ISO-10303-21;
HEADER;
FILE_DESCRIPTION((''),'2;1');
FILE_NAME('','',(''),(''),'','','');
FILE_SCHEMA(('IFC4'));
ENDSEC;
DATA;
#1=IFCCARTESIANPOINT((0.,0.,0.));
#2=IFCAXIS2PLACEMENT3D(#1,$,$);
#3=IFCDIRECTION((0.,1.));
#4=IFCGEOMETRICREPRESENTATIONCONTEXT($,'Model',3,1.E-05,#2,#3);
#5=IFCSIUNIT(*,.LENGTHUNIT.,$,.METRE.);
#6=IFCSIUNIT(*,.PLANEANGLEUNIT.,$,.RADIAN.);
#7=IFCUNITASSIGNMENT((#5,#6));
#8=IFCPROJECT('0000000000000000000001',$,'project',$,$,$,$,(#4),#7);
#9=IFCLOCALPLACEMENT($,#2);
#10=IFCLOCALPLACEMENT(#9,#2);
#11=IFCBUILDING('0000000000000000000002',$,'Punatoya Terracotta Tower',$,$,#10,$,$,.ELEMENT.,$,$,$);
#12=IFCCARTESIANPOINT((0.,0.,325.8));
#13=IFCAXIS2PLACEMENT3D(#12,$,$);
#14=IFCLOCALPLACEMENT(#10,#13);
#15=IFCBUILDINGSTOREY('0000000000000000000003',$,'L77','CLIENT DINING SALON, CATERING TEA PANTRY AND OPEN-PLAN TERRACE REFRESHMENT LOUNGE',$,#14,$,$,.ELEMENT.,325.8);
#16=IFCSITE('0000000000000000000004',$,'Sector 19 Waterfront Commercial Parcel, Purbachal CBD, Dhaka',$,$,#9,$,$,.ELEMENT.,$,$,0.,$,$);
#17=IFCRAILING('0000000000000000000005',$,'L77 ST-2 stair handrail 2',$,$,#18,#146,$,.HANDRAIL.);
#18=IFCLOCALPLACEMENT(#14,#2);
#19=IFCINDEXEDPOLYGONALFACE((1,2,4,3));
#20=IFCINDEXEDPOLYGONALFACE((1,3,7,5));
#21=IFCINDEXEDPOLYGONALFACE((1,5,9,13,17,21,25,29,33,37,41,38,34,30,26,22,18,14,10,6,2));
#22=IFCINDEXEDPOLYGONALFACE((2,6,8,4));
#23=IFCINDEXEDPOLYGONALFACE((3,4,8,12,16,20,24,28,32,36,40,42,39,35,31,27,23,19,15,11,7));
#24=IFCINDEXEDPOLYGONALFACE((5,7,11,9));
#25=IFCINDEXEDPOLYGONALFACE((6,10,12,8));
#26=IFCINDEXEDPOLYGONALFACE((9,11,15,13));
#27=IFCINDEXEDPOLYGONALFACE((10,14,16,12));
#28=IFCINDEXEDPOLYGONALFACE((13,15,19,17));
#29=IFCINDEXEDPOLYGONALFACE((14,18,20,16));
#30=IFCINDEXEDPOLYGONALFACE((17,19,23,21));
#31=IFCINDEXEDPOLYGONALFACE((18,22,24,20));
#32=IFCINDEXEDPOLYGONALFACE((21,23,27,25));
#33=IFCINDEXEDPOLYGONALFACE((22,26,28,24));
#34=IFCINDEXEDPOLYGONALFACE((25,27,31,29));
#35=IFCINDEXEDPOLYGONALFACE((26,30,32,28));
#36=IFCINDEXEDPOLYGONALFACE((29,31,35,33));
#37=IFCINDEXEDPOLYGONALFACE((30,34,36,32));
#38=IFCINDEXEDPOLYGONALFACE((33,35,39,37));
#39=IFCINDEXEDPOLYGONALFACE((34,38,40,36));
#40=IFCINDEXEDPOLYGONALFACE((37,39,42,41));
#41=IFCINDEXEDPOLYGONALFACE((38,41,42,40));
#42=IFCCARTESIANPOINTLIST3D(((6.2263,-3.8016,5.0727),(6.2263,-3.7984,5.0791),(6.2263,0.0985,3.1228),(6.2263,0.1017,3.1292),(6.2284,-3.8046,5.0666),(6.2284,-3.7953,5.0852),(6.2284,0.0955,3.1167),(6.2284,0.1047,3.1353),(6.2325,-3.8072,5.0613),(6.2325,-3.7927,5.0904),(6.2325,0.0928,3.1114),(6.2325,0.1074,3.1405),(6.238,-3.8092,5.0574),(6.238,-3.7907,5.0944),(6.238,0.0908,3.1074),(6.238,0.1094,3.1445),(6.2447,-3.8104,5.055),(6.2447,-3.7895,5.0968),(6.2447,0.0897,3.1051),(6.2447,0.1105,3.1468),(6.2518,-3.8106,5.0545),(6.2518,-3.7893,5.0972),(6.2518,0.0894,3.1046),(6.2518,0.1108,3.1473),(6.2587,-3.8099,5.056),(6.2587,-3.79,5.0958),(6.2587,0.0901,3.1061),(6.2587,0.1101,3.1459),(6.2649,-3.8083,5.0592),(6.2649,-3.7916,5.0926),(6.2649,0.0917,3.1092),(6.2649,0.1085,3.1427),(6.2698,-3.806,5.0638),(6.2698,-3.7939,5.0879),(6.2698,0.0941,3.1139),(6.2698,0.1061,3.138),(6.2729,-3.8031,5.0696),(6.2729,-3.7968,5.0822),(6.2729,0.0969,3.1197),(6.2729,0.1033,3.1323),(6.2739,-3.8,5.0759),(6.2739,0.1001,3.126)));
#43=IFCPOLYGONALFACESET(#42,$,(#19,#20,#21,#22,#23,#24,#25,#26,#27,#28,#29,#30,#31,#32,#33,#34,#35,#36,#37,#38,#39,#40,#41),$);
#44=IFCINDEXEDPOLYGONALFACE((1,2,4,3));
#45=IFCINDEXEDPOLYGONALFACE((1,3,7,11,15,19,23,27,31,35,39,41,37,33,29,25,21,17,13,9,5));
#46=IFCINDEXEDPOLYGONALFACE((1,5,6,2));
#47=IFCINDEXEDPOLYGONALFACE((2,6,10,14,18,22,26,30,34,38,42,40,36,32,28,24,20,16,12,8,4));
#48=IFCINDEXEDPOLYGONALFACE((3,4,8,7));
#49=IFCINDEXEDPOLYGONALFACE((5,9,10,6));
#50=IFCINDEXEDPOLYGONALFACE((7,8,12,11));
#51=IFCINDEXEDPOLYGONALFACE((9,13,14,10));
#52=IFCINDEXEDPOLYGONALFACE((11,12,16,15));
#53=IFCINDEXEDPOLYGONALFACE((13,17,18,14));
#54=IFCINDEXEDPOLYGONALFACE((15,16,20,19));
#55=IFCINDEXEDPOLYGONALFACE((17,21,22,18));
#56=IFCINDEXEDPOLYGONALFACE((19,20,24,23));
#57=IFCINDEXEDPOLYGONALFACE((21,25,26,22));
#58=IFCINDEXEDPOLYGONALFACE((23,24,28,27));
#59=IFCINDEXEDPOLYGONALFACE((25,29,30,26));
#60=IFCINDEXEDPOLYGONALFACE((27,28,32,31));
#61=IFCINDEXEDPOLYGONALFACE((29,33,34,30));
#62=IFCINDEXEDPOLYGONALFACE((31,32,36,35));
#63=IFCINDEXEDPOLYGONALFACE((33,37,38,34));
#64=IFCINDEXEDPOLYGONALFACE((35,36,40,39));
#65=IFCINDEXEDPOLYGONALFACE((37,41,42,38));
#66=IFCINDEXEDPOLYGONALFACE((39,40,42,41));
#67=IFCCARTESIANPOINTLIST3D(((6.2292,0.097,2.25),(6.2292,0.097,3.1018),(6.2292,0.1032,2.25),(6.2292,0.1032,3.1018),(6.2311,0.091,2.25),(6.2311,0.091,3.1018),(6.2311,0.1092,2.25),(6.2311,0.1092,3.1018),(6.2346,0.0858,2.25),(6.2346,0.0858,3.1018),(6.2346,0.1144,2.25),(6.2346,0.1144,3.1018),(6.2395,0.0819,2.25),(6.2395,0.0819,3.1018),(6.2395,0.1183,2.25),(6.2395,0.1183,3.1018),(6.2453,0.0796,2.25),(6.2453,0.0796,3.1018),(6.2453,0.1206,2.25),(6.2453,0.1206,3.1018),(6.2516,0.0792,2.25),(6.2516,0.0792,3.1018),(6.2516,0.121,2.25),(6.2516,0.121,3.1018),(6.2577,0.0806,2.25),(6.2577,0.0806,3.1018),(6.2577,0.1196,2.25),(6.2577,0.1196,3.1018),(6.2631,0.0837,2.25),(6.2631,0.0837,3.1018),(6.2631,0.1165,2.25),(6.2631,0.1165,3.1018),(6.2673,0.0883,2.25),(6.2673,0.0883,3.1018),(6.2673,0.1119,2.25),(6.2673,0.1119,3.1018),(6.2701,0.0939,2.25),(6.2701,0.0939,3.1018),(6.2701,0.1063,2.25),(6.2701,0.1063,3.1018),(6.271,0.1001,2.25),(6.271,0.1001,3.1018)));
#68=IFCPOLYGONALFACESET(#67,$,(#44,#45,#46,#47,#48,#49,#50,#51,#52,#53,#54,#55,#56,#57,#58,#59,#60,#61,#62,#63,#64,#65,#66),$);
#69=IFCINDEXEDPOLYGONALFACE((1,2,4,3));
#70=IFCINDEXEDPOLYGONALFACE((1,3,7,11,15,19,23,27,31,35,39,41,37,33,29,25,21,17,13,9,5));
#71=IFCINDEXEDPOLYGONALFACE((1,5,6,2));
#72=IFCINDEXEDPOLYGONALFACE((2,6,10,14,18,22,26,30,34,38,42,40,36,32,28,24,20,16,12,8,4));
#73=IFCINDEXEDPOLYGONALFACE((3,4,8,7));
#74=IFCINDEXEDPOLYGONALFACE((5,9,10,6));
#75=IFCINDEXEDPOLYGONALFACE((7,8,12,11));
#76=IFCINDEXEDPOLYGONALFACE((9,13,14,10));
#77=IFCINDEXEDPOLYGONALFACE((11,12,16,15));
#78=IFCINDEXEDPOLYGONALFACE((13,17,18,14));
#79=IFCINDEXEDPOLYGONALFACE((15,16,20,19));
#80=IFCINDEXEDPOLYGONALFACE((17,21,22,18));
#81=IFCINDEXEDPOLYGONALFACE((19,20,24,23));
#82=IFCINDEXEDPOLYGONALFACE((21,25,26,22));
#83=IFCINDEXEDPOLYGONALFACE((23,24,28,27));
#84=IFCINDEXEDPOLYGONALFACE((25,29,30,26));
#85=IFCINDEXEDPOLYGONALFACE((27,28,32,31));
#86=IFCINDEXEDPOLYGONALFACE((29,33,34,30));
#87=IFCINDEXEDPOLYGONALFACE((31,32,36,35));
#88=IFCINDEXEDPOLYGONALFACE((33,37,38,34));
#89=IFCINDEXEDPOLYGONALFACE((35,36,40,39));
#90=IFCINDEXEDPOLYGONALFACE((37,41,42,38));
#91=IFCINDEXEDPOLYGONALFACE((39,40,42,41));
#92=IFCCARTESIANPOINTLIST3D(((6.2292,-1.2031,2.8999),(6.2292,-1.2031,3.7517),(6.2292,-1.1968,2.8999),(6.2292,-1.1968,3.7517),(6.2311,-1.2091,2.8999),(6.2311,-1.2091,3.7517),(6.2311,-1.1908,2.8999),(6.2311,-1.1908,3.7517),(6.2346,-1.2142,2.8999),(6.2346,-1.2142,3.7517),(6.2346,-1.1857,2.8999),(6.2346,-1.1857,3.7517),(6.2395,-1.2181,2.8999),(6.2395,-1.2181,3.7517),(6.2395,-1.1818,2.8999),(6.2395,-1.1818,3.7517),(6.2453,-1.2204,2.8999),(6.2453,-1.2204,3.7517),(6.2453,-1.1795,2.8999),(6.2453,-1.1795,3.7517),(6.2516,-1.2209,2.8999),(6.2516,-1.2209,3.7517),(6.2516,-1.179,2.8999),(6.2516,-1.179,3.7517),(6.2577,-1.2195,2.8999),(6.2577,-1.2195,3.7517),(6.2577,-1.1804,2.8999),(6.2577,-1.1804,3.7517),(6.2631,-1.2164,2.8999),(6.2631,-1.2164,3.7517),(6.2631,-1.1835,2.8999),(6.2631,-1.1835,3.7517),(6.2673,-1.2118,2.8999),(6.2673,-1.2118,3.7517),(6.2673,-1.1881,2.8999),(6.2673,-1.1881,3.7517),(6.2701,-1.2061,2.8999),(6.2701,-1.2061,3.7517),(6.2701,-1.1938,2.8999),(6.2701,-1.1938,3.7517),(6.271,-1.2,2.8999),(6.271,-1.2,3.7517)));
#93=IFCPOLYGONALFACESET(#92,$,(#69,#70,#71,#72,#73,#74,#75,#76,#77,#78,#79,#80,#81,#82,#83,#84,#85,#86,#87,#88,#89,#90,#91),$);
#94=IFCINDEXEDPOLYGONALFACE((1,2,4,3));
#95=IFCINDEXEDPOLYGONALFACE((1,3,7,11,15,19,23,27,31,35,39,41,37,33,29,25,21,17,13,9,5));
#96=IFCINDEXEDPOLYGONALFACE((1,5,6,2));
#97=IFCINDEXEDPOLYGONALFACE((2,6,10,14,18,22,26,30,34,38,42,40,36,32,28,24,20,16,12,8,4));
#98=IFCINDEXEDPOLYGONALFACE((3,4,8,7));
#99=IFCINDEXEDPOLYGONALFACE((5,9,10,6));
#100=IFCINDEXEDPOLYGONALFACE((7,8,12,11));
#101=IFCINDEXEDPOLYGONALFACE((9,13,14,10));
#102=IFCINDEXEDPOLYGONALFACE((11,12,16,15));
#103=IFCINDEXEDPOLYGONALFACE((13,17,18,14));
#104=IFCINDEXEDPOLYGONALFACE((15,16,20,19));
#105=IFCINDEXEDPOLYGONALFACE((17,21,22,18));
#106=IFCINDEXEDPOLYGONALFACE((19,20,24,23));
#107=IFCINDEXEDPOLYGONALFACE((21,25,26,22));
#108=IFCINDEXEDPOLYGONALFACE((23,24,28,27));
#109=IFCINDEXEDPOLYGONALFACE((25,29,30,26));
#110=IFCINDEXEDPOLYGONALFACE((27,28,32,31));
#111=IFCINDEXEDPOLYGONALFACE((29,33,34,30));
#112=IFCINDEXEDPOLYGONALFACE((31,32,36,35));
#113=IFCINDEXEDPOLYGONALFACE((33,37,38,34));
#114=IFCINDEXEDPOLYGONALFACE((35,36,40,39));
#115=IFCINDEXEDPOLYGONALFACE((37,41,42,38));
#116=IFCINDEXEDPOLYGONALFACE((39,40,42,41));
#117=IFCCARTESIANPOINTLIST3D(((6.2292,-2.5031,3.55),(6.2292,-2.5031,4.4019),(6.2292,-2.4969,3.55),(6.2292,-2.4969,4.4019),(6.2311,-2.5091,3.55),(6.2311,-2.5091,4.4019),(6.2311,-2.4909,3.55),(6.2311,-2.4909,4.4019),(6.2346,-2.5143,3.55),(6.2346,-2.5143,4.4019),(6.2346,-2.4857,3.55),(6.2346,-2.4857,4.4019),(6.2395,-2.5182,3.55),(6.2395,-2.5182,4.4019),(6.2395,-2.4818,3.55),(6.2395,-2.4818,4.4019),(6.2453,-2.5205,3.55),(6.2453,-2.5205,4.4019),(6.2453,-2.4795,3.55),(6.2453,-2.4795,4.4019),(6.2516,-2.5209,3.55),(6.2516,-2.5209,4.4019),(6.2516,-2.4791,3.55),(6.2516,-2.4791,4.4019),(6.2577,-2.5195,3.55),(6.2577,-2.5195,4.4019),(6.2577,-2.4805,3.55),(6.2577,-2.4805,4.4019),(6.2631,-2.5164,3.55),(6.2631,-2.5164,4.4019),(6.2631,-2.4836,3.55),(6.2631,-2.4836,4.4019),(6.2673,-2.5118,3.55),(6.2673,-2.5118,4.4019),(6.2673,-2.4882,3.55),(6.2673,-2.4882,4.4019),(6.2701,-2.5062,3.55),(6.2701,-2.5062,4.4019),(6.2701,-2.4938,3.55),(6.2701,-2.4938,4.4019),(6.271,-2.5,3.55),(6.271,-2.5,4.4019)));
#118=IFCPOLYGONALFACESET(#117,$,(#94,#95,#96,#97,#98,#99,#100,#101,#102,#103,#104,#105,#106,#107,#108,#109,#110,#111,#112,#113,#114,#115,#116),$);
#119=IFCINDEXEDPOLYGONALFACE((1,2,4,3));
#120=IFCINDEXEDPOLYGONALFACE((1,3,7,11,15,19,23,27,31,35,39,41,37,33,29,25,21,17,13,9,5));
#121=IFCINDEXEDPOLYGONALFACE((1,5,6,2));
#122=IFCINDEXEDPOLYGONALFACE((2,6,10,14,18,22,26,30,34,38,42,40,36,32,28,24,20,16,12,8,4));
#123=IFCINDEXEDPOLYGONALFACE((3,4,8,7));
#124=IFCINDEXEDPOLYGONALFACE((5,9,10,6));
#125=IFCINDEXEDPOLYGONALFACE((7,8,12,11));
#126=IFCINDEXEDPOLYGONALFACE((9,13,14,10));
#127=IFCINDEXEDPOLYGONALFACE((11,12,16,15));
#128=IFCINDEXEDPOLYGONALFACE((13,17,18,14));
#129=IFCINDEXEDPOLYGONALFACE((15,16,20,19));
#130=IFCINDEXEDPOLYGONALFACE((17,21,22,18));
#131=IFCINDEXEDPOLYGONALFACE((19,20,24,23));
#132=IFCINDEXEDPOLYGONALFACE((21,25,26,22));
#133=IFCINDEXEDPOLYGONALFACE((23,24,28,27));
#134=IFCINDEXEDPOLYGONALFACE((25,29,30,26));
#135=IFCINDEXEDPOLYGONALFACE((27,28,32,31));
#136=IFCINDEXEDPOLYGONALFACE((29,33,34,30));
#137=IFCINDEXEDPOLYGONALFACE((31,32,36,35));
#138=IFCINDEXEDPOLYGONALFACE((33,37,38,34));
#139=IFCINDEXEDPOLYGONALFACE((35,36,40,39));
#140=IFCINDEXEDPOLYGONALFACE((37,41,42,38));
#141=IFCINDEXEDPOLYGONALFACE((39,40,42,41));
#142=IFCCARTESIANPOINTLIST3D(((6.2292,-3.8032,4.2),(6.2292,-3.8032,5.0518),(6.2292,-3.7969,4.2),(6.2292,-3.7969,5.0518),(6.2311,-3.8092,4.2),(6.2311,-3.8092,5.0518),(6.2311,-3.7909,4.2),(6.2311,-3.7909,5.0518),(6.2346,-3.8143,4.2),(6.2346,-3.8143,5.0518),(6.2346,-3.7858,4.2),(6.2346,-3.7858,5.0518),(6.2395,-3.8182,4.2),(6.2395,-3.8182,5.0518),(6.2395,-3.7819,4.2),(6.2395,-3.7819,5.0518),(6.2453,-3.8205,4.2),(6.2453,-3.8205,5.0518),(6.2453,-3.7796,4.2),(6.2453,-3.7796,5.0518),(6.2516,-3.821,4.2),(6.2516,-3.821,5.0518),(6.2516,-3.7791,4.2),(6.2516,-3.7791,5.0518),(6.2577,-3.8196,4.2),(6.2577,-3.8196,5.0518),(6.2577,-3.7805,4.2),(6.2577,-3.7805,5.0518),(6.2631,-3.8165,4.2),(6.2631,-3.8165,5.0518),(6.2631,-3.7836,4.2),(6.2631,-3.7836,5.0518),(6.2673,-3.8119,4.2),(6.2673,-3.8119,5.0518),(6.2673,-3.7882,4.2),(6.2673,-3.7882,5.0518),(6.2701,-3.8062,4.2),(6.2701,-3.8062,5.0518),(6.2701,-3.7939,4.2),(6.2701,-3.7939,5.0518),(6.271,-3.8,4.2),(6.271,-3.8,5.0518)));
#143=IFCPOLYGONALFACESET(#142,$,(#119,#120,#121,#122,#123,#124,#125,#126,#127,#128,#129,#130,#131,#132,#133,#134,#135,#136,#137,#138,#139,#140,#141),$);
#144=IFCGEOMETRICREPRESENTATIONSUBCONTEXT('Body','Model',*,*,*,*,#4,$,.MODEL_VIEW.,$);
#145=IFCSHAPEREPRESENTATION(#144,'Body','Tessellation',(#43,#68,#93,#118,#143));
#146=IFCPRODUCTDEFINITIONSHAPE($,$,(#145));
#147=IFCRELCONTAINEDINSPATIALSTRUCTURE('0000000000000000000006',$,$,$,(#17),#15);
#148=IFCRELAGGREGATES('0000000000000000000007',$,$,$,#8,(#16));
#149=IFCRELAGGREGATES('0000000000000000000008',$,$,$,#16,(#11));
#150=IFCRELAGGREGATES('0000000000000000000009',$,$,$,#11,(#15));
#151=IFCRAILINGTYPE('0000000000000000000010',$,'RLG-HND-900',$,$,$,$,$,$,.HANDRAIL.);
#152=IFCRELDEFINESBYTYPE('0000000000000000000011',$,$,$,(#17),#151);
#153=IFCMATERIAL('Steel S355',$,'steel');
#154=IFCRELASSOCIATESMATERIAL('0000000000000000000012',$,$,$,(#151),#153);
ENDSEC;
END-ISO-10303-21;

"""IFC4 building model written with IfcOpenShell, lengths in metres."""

from ifc_helpers import new_model, si_unit, direction, frame, origin, origin_2d, place, context, subcontext, project, spatial, circle, extrude, material, type_object, element, save


model = new_model("IFC4")

# Units and contexts
model_context = context("Model", 3, precision=1e-05, world=origin(), true_north=direction((0.0, 1.0)))
body_context = subcontext(model_context, "Body", "Model", "MODEL_VIEW")
ifc_project = project(units=[si_unit("LENGTHUNIT", "METRE"), si_unit("PLANEANGLEUNIT", "RADIAN")], contexts=[model_context])

# Site, building, storey
site_placement = place(None, origin())
site = spatial("IfcSite", under=ifc_project, at=site_placement, Name="Sector 19 Waterfront Commercial Parcel, Purbachal CBD, Dhaka", CompositionType="ELEMENT", RefElevation=0.0)
building_placement = place(site_placement, origin())
building = spatial("IfcBuilding", under=site, at=building_placement, Name="Punatoya Terracotta Tower", CompositionType="ELEMENT")
storey_placement = place(building_placement, frame((0.0, 0.0, 325.8)))
storey = spatial("IfcBuildingStorey", under=building, at=storey_placement, Name="L77", Description="CLIENT DINING SALON, CATERING TEA PANTRY AND OPEN-PLAN TERRACE REFRESHMENT LOUNGE", CompositionType="ELEMENT", Elevation=325.8)

# Shared definitions
ifc_material_1 = material(Name="Steel S355", Category="steel")

# Railing
railing_type_1 = type_object("IfcRailingType", Name="RLG-HND-900", PredefinedType="HANDRAIL", material=ifc_material_1)
railing_1_placement = place(storey_placement, frame((6.25, 0.1001, 2.25)))
element("IfcRailing", 1, at=railing_1_placement, inside=storey, type_object=railing_type_1, Name="L77 ST-2 stair handrail 2", PredefinedType="HANDRAIL", context=body_context, shape_type="SweptSolid", body=[
    extrude(circle(Radius=0.0239, at=origin_2d()), frame((0.0, 0.0, 0.876), z_axis=(0.0, -0.894438, 0.447191), x_axis=(1.0, 0.0, 0.0)), (0.0, 0.0, 1.0), 4.3604),
    extrude(circle(Radius=0.021, at=origin_2d()), origin(), (0.0, 0.0, 1.0), 0.8518),
    extrude(circle(Radius=0.021, at=origin_2d()), frame((0.0, -1.3, 0.6499)), (0.0, 0.0, 1.0), 0.8518),
    extrude(circle(Radius=0.021, at=origin_2d()), frame((0.0, -2.6001, 1.3)), (0.0, 0.0, 1.0), 0.8518),
    extrude(circle(Radius=0.021, at=origin_2d()), frame((0.0, -3.9001, 1.95)), (0.0, 0.0, 1.0), 0.8518),
])

save(model, "model.ifc")
